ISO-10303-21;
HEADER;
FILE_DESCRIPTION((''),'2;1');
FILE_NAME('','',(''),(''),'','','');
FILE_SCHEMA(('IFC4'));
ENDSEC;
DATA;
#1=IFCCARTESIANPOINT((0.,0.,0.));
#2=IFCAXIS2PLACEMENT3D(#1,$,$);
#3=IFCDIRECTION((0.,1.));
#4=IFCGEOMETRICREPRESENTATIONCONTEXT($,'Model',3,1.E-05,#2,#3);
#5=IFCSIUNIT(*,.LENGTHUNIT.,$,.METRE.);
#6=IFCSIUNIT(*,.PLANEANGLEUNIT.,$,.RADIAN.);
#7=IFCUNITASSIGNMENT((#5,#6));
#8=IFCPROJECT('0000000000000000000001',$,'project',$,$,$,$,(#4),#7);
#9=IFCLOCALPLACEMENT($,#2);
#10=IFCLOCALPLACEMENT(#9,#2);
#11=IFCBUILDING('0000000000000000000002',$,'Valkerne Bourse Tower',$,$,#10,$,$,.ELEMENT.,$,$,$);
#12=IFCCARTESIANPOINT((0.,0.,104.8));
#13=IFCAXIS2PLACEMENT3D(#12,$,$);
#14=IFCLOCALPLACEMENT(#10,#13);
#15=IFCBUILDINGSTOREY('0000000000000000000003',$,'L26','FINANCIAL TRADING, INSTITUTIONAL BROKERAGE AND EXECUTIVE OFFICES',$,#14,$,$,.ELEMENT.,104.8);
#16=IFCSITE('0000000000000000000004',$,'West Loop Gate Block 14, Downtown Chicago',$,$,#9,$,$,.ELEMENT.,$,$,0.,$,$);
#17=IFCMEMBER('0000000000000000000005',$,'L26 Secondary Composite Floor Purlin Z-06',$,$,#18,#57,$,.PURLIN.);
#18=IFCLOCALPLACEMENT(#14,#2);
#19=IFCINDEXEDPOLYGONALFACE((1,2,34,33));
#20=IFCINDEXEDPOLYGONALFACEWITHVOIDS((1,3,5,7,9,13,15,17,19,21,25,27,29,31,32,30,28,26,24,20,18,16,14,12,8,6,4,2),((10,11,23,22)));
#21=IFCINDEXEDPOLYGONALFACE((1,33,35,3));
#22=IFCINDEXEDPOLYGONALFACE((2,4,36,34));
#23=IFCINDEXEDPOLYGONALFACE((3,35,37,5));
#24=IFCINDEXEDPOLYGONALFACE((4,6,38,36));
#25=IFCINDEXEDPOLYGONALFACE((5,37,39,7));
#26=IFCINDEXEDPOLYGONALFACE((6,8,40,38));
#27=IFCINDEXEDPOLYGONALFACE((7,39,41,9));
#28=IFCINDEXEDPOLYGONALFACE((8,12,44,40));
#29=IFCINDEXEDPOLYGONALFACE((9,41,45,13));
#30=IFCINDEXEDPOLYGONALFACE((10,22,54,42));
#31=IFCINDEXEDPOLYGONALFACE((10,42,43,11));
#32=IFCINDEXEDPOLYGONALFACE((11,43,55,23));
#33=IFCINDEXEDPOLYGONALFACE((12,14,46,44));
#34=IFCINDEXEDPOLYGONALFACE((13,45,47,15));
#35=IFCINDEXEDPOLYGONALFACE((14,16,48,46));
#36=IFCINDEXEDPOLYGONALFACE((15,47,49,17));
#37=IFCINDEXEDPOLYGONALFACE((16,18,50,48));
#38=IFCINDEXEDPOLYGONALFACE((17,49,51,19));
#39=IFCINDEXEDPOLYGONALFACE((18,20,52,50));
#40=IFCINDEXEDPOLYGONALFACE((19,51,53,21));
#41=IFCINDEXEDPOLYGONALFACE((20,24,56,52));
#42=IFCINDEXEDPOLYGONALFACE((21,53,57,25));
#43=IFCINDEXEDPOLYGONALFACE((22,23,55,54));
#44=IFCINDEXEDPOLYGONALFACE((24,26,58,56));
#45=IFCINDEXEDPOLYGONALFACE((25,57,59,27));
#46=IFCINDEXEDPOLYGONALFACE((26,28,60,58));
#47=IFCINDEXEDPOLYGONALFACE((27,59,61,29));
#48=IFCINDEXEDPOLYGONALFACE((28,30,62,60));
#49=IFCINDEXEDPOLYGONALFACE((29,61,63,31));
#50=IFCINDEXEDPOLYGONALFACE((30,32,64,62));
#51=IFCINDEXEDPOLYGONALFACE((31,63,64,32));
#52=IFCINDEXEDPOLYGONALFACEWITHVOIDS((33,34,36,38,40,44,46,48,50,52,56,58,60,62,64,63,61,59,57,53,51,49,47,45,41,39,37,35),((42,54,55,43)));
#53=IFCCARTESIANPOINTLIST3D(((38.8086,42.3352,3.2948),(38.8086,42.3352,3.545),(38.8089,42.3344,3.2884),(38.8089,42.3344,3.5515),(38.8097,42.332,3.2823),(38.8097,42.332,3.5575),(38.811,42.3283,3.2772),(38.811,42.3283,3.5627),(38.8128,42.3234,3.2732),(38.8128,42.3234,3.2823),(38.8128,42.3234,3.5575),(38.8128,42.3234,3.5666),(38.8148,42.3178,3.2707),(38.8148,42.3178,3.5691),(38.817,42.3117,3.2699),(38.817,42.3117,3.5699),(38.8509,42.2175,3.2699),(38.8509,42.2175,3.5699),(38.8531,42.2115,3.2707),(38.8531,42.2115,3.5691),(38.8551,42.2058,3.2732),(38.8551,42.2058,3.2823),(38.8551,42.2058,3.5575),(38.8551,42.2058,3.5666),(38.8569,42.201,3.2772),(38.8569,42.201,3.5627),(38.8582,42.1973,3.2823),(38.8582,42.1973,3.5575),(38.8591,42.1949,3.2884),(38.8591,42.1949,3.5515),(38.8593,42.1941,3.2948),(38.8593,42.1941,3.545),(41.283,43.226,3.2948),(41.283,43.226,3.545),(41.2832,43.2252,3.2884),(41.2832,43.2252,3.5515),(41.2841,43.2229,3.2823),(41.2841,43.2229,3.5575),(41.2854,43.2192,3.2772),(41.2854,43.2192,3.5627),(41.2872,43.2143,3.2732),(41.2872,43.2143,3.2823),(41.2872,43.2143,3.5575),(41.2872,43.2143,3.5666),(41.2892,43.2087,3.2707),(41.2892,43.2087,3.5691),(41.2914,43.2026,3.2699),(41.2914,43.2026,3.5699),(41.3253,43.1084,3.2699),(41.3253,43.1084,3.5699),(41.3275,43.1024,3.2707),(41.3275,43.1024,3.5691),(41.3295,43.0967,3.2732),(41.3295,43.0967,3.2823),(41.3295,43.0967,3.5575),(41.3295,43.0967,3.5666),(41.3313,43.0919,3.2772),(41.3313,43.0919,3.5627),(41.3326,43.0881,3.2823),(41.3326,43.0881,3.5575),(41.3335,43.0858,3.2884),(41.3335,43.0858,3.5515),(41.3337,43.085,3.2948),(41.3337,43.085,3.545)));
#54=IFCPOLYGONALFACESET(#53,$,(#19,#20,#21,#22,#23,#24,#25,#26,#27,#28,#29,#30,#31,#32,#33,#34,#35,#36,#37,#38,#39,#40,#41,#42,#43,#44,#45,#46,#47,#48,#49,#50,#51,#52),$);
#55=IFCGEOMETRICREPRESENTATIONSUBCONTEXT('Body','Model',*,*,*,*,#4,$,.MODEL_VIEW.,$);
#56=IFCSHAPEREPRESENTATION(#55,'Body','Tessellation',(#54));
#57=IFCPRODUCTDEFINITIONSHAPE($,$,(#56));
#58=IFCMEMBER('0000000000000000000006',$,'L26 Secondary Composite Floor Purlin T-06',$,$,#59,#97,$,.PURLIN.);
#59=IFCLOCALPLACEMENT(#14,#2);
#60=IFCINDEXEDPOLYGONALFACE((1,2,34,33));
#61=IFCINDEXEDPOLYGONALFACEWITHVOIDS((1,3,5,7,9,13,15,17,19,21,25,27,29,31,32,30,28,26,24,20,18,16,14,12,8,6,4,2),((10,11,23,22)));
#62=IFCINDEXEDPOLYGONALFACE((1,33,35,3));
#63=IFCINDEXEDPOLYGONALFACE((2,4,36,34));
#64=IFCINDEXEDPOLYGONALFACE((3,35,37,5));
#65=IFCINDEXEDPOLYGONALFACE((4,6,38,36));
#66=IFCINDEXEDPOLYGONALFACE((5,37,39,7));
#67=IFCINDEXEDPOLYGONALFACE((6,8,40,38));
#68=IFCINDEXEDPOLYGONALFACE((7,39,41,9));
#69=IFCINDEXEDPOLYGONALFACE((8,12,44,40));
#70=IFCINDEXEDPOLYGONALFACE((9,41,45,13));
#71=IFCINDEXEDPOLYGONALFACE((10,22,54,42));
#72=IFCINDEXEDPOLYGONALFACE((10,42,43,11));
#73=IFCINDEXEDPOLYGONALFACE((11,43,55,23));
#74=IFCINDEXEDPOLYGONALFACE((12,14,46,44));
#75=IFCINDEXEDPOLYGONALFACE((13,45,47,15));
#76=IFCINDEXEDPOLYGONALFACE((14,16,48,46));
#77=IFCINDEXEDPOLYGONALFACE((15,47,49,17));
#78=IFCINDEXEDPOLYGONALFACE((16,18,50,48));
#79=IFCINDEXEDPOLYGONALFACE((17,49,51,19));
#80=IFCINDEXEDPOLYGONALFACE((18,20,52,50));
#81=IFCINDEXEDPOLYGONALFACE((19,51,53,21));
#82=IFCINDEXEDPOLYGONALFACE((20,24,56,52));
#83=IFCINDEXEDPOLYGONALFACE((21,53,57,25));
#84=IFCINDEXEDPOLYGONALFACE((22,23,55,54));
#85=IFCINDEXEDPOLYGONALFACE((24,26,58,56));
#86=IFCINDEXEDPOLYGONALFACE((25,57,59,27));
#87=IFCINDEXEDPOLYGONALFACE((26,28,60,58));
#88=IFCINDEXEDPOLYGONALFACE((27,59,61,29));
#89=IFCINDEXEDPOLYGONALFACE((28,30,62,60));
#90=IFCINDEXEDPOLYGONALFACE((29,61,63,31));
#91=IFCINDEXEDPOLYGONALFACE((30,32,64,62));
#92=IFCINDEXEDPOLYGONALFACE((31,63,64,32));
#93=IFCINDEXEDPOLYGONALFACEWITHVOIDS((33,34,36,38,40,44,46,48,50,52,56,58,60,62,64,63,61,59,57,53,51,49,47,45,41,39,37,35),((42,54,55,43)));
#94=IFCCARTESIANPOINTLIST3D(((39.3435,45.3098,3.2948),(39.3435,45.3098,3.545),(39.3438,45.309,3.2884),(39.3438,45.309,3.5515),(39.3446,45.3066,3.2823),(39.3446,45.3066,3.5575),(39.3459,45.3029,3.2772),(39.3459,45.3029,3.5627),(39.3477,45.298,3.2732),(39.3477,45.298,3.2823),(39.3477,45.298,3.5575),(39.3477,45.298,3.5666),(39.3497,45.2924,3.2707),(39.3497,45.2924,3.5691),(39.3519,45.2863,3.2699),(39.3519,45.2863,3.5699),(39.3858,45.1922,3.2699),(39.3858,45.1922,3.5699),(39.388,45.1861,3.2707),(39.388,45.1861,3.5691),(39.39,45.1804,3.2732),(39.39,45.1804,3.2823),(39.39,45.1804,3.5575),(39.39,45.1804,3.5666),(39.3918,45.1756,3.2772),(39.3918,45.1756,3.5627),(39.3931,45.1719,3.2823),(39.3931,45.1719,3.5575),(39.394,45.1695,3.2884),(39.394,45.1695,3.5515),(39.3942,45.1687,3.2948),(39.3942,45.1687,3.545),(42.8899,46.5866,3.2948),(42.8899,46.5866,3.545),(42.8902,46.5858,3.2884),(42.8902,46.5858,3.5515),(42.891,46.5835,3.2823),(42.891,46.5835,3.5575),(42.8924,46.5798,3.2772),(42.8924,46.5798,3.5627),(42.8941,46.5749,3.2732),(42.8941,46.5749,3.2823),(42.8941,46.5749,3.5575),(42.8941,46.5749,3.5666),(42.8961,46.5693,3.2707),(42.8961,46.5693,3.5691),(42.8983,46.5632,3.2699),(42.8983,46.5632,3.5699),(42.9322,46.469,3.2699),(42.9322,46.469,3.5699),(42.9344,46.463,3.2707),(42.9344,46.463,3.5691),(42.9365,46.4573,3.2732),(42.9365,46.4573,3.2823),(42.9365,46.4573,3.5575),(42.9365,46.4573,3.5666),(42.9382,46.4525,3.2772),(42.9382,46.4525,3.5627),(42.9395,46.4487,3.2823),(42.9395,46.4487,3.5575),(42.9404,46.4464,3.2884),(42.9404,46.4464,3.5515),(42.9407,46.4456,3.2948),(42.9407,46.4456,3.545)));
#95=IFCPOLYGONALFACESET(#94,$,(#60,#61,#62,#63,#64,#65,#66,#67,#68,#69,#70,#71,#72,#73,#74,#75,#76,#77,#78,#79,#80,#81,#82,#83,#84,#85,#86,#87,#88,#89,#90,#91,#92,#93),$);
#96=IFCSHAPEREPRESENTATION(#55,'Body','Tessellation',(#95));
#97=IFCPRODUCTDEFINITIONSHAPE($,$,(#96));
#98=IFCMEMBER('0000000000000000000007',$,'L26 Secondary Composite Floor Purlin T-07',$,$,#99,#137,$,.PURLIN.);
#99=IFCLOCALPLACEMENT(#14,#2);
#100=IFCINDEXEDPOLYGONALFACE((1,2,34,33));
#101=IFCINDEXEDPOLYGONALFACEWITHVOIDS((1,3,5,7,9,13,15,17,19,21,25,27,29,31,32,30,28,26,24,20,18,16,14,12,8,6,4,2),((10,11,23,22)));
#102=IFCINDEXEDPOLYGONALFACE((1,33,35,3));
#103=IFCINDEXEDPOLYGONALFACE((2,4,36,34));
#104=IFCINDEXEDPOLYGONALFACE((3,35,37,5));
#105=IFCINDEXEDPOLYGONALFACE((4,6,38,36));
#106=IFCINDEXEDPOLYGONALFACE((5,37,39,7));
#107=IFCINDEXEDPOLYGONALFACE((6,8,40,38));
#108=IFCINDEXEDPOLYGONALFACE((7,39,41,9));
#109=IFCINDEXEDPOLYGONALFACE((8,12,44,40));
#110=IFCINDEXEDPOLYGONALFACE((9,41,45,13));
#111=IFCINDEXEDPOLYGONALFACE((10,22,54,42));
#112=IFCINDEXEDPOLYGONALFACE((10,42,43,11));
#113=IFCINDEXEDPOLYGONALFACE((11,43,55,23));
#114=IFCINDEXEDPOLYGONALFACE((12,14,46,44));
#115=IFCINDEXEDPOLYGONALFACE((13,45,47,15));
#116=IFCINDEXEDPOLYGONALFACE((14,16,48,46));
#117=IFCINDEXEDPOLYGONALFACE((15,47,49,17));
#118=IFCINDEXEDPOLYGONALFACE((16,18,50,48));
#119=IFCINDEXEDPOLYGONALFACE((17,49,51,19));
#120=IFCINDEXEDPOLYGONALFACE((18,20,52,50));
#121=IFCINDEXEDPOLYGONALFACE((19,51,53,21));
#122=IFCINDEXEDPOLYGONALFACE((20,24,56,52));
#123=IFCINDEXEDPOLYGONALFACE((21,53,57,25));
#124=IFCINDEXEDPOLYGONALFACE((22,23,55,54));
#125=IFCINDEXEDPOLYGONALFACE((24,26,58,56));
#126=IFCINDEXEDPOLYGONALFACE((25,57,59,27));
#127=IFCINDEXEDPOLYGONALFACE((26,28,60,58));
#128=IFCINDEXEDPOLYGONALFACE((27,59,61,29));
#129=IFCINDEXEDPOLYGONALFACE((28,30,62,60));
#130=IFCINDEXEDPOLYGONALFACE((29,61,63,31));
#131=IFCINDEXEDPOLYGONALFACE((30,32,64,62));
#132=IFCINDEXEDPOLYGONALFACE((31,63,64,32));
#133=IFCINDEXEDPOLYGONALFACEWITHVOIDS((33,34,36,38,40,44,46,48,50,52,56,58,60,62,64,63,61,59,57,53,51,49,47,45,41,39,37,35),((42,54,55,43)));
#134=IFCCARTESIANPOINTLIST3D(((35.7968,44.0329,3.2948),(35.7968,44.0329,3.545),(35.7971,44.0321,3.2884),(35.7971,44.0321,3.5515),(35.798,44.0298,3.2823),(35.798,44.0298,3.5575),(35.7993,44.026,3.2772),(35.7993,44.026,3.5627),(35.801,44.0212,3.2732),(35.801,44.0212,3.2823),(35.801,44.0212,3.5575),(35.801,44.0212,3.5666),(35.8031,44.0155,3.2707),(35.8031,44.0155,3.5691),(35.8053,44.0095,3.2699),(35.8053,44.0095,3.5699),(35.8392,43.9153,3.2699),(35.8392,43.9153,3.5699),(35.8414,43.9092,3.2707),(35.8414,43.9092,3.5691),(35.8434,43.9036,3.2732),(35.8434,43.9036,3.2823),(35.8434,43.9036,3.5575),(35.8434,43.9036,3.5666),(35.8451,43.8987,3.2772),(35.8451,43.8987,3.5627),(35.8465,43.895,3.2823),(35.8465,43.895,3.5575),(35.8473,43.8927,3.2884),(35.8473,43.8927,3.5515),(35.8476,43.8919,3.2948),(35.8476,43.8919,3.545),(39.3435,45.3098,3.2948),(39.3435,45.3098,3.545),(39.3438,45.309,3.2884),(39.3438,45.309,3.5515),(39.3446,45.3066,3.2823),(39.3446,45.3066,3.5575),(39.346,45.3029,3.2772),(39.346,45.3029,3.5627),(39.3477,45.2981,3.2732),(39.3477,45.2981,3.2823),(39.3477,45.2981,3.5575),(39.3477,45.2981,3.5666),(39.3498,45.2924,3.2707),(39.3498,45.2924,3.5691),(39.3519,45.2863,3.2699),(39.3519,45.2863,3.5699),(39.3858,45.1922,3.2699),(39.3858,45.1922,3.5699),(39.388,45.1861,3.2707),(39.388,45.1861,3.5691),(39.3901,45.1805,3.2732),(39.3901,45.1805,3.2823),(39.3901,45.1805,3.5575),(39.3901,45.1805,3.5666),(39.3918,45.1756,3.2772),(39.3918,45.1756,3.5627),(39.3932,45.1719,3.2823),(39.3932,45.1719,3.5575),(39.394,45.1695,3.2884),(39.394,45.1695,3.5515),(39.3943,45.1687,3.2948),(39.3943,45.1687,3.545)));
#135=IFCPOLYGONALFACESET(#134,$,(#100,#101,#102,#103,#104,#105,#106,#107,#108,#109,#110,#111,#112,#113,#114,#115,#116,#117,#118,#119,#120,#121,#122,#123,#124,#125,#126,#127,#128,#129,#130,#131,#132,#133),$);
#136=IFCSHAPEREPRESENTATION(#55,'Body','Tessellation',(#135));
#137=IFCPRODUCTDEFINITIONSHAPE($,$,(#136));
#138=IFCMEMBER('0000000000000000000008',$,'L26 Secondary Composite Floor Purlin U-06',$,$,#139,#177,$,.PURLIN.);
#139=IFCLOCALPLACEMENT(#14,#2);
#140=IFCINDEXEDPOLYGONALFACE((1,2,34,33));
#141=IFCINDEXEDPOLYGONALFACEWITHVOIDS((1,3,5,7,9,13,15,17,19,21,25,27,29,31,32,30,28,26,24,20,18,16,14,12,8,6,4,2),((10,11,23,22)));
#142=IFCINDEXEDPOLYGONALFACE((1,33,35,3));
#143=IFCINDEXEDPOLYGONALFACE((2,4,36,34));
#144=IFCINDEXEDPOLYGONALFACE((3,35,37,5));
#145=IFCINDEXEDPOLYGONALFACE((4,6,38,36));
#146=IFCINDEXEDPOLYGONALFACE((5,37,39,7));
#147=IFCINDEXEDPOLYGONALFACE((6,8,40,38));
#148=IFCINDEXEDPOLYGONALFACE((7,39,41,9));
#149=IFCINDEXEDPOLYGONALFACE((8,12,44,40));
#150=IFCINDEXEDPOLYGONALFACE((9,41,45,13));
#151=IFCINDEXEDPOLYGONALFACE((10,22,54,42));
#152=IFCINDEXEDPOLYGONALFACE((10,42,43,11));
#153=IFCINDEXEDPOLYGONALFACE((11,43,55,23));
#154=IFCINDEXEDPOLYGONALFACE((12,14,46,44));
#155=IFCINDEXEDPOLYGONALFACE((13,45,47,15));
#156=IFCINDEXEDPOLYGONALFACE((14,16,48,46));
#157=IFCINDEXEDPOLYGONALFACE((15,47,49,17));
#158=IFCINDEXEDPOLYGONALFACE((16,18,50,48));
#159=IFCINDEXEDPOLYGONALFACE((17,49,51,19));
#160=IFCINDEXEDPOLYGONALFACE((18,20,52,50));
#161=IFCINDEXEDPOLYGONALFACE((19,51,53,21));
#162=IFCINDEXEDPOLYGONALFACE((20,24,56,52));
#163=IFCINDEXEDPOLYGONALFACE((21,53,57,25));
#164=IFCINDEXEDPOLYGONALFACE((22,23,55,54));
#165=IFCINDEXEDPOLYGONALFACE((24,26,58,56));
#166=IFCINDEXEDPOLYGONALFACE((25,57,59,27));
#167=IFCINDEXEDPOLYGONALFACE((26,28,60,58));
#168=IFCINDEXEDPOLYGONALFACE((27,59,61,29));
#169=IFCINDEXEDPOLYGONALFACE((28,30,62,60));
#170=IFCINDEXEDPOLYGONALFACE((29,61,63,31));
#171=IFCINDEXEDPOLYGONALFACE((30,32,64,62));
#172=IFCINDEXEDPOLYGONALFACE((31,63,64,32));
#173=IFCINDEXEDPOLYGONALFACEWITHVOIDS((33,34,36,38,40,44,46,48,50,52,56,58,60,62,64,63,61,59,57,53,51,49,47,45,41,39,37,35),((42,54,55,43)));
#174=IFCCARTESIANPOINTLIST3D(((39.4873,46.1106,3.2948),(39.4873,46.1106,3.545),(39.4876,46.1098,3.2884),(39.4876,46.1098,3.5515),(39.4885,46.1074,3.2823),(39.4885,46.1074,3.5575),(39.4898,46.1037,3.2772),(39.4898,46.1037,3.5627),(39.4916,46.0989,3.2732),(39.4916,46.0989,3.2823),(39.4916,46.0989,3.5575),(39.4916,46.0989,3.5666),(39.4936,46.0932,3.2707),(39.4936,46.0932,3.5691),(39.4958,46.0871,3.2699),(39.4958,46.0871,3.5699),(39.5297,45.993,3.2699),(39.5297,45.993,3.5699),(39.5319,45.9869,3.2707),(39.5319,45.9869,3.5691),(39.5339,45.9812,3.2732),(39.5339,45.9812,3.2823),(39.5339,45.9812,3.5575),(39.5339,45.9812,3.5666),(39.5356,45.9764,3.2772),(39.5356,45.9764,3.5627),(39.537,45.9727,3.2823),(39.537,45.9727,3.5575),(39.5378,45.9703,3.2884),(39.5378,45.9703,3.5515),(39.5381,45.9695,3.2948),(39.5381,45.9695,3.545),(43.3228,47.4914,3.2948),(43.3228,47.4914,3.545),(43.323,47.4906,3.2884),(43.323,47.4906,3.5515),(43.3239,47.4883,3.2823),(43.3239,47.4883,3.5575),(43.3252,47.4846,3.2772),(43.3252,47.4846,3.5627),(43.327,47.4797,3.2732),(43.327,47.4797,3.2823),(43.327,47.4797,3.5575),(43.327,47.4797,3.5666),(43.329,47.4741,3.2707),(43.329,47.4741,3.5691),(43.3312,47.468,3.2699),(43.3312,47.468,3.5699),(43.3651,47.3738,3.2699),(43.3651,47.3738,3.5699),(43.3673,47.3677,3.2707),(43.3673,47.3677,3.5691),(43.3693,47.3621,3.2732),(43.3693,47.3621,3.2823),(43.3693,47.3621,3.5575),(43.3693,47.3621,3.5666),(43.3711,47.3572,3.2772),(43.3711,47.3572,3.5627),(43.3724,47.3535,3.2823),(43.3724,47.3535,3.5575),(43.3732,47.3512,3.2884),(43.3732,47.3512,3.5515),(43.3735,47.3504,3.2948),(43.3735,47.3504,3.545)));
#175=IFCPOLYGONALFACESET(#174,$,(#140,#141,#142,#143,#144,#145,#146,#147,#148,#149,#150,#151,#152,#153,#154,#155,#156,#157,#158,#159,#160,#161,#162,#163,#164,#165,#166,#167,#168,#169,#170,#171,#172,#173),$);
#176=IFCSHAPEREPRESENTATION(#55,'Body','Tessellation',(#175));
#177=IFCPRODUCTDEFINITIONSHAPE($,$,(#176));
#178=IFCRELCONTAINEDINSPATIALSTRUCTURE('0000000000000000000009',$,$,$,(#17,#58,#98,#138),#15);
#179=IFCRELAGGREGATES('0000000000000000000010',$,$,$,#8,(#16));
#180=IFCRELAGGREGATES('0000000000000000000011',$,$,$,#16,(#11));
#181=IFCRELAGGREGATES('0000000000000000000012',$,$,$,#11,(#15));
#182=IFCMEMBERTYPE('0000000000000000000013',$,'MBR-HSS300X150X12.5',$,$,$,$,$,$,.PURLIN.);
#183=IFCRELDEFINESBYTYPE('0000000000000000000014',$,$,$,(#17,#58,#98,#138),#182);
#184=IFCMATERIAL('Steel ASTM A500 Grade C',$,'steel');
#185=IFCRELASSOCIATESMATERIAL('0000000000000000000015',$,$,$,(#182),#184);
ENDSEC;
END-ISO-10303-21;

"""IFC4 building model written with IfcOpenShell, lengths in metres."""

from ifc_helpers import new_model, si_unit, direction, frame, origin, origin_2d, place, context, subcontext, project, spatial, hollow_rectangle, extrude, material, material_profile, profile_set, type_object, element, save


model = new_model("IFC4")

# Units and contexts
model_context = context("Model", 3, precision=1e-05, world=origin(), true_north=direction((0.0, 1.0)))
body_context = subcontext(model_context, "Body", "Model", "MODEL_VIEW")
ifc_project = project(units=[si_unit("LENGTHUNIT", "METRE"), si_unit("PLANEANGLEUNIT", "RADIAN")], contexts=[model_context])

# Site, building, storey
site_placement = place(None, origin())
site = spatial("IfcSite", under=ifc_project, at=site_placement, Name="West Loop Gate Block 14, Downtown Chicago", CompositionType="ELEMENT", RefElevation=0.0)
building_placement = place(site_placement, origin())
building = spatial("IfcBuilding", under=site, at=building_placement, Name="Valkerne Bourse Tower", CompositionType="ELEMENT")
storey_placement = place(building_placement, frame((0.0, 0.0, 104.8)))
storey = spatial("IfcBuildingStorey", under=building, at=storey_placement, Name="L26", Description="FINANCIAL TRADING, INSTITUTIONAL BROKERAGE AND EXECUTIVE OFFICES", CompositionType="ELEMENT", Elevation=104.8)

# Members
ifc_material_1 = material(Name="Steel ASTM A500 Grade C", Category="steel")
ifc_material_profile_1 = material_profile(ifc_material_1, hollow_rectangle(XDim=0.1499, YDim=0.3, WallThickness=0.0125, OuterFilletRadius=0.0249, at=origin_2d()), Name="HSS300X150X12.5")
ifc_profile_set_1 = profile_set([ifc_material_profile_1], Name="Steel ASTM A500 Grade C")
member_type_1 = type_object("IfcMemberType", Name="MBR-HSS300X150X12.5", PredefinedType="PURLIN", material=ifc_profile_set_1)
member_1_placement = place(storey_placement, frame((41.3083, 43.1555, 3.4199), z_axis=(-0.940876, -0.338752, 0.0), x_axis=(0.338752, -0.940876, 0.0)))
element("IfcMember", 1, at=member_1_placement, inside=storey, type_object=member_type_1, Name="L26 Secondary Composite Floor Purlin Z-06", PredefinedType="PURLIN", context=body_context, shape_type="SweptSolid", body=[
    extrude(hollow_rectangle(XDim=0.1499, YDim=0.3, WallThickness=0.0125, OuterFilletRadius=0.0249, at=origin_2d()), origin(), (0.0, 0.0, 1.0), 2.6299),
])
member_2_placement = place(storey_placement, frame((42.9153, 46.5161, 3.4199), z_axis=(-0.940874, -0.338756, 0.0), x_axis=(0.338756, -0.940874, 0.0)))
element("IfcMember", 2, at=member_2_placement, inside=storey, type_object=member_type_1, Name="L26 Secondary Composite Floor Purlin T-06", PredefinedType="PURLIN", context=body_context, shape_type="SweptSolid", body=[
    extrude(hollow_rectangle(XDim=0.1499, YDim=0.3, WallThickness=0.0125, OuterFilletRadius=0.0249, at=origin_2d()), origin(), (0.0, 0.0, 1.0), 3.7693),
])
member_3_placement = place(storey_placement, frame((39.3689, 45.2393, 3.4199), z_axis=(-0.940882, -0.338736, 0.0), x_axis=(0.338736, -0.940882, 0.0)))
element("IfcMember", 3, at=member_3_placement, inside=storey, type_object=member_type_1, Name="L26 Secondary Composite Floor Purlin T-07", PredefinedType="PURLIN", context=body_context, shape_type="SweptSolid", body=[
    extrude(hollow_rectangle(XDim=0.1499, YDim=0.3, WallThickness=0.0125, OuterFilletRadius=0.0249, at=origin_2d()), origin(), (0.0, 0.0, 1.0), 3.7695),
])
member_4_placement = place(storey_placement, frame((43.3481, 47.4209, 3.4199), z_axis=(-0.94088, -0.338741, 0.0), x_axis=(0.338741, -0.94088, 0.0)))
element("IfcMember", 4, at=member_4_placement, inside=storey, type_object=member_type_1, Name="L26 Secondary Composite Floor Purlin U-06", PredefinedType="PURLIN", context=body_context, shape_type="SweptSolid", body=[
    extrude(hollow_rectangle(XDim=0.1499, YDim=0.3, WallThickness=0.0125, OuterFilletRadius=0.0249, at=origin_2d()), origin(), (0.0, 0.0, 1.0), 4.0764),
])

save(model, "model.ifc")
